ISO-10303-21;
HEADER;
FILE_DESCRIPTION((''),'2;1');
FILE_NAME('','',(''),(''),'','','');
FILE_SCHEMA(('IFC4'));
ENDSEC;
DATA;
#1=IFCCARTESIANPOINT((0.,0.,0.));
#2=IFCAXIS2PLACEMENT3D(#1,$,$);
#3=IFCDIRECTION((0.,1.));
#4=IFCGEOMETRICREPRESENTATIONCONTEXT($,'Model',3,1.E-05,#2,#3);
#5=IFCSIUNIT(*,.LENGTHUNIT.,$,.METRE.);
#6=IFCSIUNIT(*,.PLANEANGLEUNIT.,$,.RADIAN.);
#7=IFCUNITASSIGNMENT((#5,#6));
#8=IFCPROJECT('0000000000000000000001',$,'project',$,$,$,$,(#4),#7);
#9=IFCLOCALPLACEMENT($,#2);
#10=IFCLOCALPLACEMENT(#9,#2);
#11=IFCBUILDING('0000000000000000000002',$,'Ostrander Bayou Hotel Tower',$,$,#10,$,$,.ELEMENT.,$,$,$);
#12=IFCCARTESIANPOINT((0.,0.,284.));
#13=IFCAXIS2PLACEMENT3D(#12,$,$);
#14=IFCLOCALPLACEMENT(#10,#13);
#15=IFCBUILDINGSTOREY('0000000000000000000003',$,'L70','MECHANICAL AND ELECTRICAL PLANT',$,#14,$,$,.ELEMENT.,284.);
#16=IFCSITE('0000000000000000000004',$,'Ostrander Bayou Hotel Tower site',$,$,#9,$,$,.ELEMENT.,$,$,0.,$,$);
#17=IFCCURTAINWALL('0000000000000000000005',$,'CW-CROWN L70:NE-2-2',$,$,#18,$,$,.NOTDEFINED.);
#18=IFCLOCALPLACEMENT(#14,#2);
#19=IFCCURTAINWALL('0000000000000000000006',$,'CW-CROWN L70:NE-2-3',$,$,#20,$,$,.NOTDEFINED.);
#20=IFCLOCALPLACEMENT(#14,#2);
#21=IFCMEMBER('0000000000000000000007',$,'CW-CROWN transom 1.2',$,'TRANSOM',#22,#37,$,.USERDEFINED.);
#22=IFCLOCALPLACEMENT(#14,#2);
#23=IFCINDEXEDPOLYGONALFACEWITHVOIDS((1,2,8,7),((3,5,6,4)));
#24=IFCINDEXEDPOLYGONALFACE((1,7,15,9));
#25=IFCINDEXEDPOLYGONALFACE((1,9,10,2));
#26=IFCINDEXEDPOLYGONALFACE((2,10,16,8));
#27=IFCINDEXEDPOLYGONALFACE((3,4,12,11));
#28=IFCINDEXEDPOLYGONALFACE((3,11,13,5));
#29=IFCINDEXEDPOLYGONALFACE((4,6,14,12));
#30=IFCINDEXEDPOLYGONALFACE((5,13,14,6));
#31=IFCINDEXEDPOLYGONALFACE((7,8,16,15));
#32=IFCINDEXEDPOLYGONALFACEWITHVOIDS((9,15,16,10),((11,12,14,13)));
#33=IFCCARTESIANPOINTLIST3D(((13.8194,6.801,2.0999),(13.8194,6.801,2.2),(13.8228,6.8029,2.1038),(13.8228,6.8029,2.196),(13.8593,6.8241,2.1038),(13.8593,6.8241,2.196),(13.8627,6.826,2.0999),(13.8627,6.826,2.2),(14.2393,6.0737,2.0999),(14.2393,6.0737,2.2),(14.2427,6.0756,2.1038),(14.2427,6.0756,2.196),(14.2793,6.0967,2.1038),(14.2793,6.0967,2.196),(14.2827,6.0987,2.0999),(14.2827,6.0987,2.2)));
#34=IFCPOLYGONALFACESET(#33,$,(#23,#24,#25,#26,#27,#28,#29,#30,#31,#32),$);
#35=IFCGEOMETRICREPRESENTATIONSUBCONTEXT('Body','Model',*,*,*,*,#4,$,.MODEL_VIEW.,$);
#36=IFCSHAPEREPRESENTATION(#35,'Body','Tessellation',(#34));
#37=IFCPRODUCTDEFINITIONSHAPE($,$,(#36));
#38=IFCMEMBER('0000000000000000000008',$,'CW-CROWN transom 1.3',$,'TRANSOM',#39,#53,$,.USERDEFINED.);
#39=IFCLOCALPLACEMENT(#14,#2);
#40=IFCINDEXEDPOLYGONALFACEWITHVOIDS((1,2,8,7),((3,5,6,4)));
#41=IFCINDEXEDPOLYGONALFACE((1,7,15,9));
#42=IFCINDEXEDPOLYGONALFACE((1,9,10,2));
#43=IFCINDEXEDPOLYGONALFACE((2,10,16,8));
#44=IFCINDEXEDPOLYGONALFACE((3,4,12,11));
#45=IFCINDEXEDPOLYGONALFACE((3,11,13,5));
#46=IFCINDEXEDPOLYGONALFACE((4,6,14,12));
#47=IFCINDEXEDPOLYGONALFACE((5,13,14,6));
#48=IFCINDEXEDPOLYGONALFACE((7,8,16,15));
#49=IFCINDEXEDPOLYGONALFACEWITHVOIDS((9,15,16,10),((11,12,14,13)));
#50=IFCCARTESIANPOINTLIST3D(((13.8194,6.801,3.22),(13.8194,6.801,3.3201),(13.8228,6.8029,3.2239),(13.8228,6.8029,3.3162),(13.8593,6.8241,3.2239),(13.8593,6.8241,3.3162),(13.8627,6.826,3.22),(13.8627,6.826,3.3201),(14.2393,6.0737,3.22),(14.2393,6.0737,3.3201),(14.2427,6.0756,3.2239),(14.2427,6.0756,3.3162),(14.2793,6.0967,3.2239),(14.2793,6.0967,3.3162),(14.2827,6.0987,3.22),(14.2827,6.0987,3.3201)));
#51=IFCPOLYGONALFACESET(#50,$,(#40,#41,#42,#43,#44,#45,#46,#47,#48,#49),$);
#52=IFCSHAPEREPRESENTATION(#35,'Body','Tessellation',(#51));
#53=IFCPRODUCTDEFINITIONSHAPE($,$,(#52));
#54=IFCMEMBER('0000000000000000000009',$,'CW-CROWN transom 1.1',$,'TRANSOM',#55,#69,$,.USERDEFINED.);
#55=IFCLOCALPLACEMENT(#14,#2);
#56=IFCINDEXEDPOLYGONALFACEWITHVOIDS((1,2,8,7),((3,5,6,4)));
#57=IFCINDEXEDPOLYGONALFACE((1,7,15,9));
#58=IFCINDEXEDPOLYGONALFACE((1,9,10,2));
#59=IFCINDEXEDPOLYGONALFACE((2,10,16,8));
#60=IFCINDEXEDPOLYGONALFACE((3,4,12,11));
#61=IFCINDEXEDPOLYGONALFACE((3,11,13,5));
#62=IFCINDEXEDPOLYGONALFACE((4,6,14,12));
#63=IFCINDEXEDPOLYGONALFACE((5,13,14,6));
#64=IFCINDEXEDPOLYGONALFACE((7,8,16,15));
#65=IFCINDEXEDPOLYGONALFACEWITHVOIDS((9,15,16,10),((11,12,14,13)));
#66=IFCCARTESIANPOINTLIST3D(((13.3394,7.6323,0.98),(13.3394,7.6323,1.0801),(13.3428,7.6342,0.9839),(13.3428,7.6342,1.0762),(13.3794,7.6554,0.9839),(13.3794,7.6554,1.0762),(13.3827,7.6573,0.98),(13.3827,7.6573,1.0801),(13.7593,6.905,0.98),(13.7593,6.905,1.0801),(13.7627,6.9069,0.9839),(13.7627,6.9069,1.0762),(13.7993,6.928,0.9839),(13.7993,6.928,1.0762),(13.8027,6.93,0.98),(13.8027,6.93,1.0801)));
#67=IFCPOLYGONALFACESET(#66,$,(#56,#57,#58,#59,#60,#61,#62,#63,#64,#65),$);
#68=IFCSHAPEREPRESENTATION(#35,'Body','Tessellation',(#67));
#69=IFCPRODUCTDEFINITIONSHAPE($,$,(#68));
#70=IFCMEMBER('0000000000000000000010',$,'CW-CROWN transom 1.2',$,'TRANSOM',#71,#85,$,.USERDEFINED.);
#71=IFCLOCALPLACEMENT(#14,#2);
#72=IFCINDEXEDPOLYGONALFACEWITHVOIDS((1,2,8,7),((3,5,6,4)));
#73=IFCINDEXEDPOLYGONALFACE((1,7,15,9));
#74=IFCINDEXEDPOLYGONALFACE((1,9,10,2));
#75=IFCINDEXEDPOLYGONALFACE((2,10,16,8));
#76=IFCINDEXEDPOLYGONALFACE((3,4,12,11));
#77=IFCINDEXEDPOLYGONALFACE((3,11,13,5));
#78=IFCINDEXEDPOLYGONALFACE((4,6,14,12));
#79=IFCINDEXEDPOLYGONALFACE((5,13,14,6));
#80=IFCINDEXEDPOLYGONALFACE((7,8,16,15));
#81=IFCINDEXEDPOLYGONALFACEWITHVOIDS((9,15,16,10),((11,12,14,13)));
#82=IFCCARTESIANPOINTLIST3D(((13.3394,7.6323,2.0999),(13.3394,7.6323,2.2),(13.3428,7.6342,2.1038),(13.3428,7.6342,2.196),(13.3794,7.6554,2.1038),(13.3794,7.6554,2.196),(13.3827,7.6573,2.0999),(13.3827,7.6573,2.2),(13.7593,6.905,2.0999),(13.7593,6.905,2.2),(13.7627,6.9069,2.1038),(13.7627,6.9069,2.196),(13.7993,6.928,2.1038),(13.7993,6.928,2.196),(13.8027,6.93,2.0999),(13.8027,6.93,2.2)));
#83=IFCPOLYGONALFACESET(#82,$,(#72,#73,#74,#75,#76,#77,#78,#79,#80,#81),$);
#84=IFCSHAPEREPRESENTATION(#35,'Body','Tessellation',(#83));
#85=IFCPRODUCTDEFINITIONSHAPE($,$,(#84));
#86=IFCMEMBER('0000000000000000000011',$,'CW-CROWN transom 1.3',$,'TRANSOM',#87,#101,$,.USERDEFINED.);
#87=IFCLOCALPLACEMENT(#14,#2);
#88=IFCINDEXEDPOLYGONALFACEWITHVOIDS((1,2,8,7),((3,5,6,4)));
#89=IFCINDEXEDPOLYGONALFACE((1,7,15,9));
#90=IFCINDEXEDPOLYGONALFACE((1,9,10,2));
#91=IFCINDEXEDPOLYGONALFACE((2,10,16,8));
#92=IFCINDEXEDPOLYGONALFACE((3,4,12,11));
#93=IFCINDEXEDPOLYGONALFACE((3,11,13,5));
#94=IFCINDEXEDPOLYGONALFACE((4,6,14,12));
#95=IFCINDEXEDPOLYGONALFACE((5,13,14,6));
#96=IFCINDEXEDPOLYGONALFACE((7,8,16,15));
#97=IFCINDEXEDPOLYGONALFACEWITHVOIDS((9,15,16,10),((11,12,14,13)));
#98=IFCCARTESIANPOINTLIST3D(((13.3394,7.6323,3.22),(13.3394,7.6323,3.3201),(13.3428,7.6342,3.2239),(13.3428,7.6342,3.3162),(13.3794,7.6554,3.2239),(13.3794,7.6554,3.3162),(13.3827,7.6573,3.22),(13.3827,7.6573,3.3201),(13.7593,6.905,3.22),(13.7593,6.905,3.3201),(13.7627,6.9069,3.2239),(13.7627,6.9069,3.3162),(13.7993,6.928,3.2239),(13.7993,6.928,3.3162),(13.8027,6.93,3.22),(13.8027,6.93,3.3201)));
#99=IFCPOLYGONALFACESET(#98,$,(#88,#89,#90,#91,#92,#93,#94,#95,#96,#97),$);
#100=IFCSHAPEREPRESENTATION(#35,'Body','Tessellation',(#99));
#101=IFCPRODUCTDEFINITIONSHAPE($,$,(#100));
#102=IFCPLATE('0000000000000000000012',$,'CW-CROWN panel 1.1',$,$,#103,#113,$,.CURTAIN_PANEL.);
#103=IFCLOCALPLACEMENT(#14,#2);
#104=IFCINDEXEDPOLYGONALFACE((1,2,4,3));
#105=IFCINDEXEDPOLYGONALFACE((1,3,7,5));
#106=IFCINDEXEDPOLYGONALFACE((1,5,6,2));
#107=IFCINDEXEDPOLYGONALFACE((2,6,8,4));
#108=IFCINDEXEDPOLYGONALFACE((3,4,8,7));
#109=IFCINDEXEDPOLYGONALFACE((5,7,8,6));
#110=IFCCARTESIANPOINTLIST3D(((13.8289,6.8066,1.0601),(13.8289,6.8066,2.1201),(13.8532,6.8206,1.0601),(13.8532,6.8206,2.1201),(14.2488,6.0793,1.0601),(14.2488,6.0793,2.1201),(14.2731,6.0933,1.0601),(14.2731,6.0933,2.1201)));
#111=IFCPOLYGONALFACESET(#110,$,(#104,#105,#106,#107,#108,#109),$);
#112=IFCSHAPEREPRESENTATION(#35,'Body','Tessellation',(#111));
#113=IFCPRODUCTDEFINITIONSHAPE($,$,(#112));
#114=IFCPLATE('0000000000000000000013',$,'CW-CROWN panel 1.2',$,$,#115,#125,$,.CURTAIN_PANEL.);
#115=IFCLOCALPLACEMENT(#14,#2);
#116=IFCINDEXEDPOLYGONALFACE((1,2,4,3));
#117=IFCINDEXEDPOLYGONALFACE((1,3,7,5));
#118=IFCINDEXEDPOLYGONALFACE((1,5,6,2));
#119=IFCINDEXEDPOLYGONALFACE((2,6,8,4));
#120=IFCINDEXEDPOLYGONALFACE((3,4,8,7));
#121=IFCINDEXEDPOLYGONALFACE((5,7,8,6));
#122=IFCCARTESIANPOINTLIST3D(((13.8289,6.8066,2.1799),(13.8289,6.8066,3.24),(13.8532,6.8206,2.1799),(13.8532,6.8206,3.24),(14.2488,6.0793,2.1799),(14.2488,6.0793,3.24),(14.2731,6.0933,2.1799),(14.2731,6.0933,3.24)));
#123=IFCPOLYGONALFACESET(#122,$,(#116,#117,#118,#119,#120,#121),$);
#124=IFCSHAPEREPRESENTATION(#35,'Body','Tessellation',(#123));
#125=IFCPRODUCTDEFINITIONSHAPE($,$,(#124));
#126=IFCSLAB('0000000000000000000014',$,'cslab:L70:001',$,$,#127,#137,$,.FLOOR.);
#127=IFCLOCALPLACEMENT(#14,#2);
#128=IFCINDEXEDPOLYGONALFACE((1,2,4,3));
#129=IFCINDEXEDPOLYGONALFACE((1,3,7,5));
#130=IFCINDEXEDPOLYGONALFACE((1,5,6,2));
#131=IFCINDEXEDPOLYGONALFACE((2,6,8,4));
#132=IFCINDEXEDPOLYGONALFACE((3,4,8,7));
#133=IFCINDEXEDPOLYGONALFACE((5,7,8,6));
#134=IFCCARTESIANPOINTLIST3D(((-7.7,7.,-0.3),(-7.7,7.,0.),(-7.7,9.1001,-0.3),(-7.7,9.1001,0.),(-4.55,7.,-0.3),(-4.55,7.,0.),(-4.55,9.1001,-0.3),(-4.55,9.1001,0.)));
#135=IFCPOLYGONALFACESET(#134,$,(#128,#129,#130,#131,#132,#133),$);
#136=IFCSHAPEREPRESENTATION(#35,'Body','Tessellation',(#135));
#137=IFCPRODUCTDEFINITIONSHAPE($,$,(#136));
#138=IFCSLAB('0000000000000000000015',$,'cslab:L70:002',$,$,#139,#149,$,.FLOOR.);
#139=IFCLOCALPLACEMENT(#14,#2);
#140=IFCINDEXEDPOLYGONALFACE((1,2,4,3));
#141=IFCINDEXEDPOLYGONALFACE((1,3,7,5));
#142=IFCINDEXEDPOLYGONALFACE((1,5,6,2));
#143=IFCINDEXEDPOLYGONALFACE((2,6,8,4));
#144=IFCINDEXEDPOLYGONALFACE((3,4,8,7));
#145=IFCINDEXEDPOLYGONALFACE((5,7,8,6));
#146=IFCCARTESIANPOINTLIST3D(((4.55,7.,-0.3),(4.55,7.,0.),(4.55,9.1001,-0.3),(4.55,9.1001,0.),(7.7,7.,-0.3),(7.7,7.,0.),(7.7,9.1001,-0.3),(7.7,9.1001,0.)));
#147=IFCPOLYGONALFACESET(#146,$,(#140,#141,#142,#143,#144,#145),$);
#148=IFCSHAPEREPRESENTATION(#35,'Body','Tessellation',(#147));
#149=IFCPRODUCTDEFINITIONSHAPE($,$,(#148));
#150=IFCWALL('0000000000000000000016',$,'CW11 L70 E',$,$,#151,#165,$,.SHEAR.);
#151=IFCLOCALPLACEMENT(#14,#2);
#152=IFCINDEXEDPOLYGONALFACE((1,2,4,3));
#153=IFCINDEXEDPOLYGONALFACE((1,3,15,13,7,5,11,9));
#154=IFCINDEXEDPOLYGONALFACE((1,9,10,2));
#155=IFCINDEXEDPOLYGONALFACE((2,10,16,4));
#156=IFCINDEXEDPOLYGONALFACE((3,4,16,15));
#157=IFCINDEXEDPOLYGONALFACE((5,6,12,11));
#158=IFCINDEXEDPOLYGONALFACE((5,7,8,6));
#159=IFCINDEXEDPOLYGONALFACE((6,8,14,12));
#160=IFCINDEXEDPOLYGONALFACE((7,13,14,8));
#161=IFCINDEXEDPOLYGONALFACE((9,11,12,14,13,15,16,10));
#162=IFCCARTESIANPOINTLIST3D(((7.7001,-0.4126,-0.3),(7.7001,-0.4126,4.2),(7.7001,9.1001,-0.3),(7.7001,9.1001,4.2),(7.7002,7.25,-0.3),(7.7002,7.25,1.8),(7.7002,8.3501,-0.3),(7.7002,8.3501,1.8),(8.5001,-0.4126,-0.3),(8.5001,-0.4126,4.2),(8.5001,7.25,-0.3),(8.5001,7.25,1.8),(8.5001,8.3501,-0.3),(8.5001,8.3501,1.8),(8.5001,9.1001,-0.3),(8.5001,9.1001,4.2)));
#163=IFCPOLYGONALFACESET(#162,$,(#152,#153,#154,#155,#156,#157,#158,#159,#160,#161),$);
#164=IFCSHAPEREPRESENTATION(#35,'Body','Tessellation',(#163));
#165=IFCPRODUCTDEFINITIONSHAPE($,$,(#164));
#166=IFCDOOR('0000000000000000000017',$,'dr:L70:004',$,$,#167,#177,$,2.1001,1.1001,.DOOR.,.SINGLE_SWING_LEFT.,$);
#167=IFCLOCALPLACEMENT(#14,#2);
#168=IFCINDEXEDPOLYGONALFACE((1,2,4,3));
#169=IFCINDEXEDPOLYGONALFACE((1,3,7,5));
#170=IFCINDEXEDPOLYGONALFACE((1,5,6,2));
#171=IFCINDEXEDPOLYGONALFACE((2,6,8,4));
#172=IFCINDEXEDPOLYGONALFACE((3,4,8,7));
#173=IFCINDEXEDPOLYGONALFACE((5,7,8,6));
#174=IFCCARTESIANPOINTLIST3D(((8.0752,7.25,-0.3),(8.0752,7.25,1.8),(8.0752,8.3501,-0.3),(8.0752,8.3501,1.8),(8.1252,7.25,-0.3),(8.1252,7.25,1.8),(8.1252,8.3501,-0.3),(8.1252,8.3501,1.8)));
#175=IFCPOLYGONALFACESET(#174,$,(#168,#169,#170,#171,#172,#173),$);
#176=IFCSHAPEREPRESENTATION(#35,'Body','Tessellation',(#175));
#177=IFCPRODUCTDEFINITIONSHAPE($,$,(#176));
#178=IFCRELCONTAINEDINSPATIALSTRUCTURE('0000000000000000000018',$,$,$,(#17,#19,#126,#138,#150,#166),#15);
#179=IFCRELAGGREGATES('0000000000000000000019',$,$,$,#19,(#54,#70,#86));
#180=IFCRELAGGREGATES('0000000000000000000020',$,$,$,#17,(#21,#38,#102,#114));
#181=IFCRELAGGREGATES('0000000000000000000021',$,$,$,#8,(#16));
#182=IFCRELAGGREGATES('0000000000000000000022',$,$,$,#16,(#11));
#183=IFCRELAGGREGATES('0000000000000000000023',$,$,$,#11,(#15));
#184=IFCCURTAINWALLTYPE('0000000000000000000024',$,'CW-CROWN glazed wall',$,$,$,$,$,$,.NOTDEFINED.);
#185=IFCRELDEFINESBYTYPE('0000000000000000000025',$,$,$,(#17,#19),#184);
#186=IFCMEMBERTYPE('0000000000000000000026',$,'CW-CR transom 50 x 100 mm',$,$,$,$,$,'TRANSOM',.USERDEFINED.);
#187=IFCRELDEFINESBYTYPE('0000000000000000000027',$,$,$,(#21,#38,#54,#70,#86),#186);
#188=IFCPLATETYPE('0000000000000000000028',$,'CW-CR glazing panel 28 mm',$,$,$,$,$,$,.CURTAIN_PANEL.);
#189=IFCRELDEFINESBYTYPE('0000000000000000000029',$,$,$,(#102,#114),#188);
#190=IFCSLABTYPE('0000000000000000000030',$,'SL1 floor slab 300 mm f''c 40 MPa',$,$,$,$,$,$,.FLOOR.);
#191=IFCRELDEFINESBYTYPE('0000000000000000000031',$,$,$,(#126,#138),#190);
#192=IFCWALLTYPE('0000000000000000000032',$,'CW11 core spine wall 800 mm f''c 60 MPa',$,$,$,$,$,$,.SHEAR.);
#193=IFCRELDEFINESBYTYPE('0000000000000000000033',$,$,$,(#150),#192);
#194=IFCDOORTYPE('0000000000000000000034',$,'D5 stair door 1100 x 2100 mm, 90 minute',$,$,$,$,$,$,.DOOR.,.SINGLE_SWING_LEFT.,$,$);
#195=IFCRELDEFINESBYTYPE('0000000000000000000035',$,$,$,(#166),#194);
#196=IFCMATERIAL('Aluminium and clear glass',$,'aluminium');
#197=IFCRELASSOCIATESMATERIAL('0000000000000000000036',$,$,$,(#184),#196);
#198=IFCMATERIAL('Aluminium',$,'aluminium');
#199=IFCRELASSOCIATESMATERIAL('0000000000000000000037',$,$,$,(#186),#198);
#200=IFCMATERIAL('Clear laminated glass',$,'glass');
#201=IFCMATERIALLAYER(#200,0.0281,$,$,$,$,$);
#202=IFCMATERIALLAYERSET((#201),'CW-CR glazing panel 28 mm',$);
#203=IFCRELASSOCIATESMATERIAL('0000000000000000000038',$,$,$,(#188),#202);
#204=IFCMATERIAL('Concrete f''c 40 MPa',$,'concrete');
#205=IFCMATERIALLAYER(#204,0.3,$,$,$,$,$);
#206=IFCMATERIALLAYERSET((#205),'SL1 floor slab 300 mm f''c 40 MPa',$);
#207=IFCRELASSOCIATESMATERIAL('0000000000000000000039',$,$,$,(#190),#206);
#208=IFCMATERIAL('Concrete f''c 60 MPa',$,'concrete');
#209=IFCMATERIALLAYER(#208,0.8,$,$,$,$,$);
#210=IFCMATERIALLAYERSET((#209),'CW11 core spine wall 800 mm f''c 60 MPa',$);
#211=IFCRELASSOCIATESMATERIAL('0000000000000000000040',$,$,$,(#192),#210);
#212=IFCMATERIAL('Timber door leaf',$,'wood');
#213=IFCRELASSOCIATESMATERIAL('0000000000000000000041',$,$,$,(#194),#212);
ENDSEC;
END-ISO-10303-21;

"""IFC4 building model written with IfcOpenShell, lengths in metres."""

from ifc_helpers import new_model, si_unit, direction, frame, frame_2d, origin, origin_2d, place, context, subcontext, project, spatial, polyline, rectangle, hollow_rectangle, outline, extrude, material, layer, layer_set, material_profile, profile_set, type_object, element, fill, aggregate, save


model = new_model("IFC4")

# Units and contexts
model_context = context("Model", 3, precision=1e-05, world=origin(), true_north=direction((0.0, 1.0)))
body_context = subcontext(model_context, "Body", "Model", "MODEL_VIEW")
ifc_project = project(units=[si_unit("LENGTHUNIT", "METRE"), si_unit("PLANEANGLEUNIT", "RADIAN")], contexts=[model_context])

# Site, building, storey
site_placement = place(None, origin())
site = spatial("IfcSite", under=ifc_project, at=site_placement, Name="Ostrander Bayou Hotel Tower site", CompositionType="ELEMENT", RefElevation=0.0)
building_placement = place(site_placement, origin())
building = spatial("IfcBuilding", under=site, at=building_placement, Name="Ostrander Bayou Hotel Tower", CompositionType="ELEMENT")
storey_placement = place(building_placement, frame((0.0, 0.0, 284.0)))
storey = spatial("IfcBuildingStorey", under=building, at=storey_placement, Name="L70", Description="MECHANICAL AND ELECTRICAL PLANT", CompositionType="ELEMENT", Elevation=284.0)

# Curtain walls
ifc_material_1 = material(Name="Aluminium and clear glass", Category="aluminium")
curtain_wall_type = type_object("IfcCurtainWallType", Name="CW-CROWN glazed wall", PredefinedType="NOTDEFINED", material=ifc_material_1)
curtain_wall_1_placement = place(storey_placement, origin())
curtain_wall_1 = element("IfcCurtainWall", 1, at=curtain_wall_1_placement, inside=storey, type_object=curtain_wall_type, Name="CW-CROWN L70:NE-2-2", PredefinedType="NOTDEFINED")
curtain_wall_2_placement = place(storey_placement, origin())
curtain_wall_2 = element("IfcCurtainWall", 2, at=curtain_wall_2_placement, inside=storey, type_object=curtain_wall_type, Name="CW-CROWN L70:NE-2-3", PredefinedType="NOTDEFINED")

# Members
ifc_material_2 = material(Name="Aluminium", Category="aluminium")
ifc_material_profile_1 = material_profile(ifc_material_2, hollow_rectangle(XDim=0.05, YDim=0.1001, WallThickness=0.0039, at=origin_2d()))
ifc_profile_set_1 = profile_set([ifc_material_profile_1], Name="Aluminium")
member_type_1 = type_object("IfcMemberType", Name="CW-CR transom 50 x 100 mm", ElementType="TRANSOM", PredefinedType="USERDEFINED", material=ifc_profile_set_1)
member_1_placement = place(storey_placement, frame((14.261, 6.0862, 2.1499), z_axis=(-0.500016, 0.866016, 0.0), x_axis=(-0.866016, -0.500016, 0.0)))
member_1 = element("IfcMember", 3, at=member_1_placement, type_object=member_type_1, Name="CW-CROWN transom 1.2", ObjectType="TRANSOM", PredefinedType="USERDEFINED", context=body_context, shape_type="SweptSolid", body=[
    extrude(hollow_rectangle(XDim=0.05, YDim=0.1001, WallThickness=0.0039, at=origin_2d()), origin(), (0.0, 0.0, 1.0), 0.8398),
])
member_2_placement = place(storey_placement, frame((14.261, 6.0862, 3.27), z_axis=(-0.500016, 0.866016, 0.0), x_axis=(-0.866016, -0.500016, 0.0)))
member_2 = element("IfcMember", 4, at=member_2_placement, type_object=member_type_1, Name="CW-CROWN transom 1.3", ObjectType="TRANSOM", PredefinedType="USERDEFINED", context=body_context, shape_type="SweptSolid", body=[
    extrude(hollow_rectangle(XDim=0.05, YDim=0.1001, WallThickness=0.0039, at=origin_2d()), origin(), (0.0, 0.0, 1.0), 0.8398),
])
member_3_placement = place(storey_placement, frame((13.781, 6.9175, 1.03), z_axis=(-0.500016, 0.866016, 0.0), x_axis=(-0.866016, -0.500016, 0.0)))
member_3 = element("IfcMember", 5, at=member_3_placement, type_object=member_type_1, Name="CW-CROWN transom 1.1", ObjectType="TRANSOM", PredefinedType="USERDEFINED", context=body_context, shape_type="SweptSolid", body=[
    extrude(hollow_rectangle(XDim=0.05, YDim=0.1001, WallThickness=0.0039, at=origin_2d()), origin(), (0.0, 0.0, 1.0), 0.8398),
])
member_4_placement = place(storey_placement, frame((13.781, 6.9175, 2.1499), z_axis=(-0.500016, 0.866016, 0.0), x_axis=(-0.866016, -0.500016, 0.0)))
member_4 = element("IfcMember", 6, at=member_4_placement, type_object=member_type_1, Name="CW-CROWN transom 1.2", ObjectType="TRANSOM", PredefinedType="USERDEFINED", context=body_context, shape_type="SweptSolid", body=[
    extrude(hollow_rectangle(XDim=0.05, YDim=0.1001, WallThickness=0.0039, at=origin_2d()), origin(), (0.0, 0.0, 1.0), 0.8398),
])
member_5_placement = place(storey_placement, frame((13.781, 6.9175, 3.27), z_axis=(-0.500016, 0.866016, 0.0), x_axis=(-0.866016, -0.500016, 0.0)))
member_5 = element("IfcMember", 7, at=member_5_placement, type_object=member_type_1, Name="CW-CROWN transom 1.3", ObjectType="TRANSOM", PredefinedType="USERDEFINED", context=body_context, shape_type="SweptSolid", body=[
    extrude(hollow_rectangle(XDim=0.05, YDim=0.1001, WallThickness=0.0039, at=origin_2d()), origin(), (0.0, 0.0, 1.0), 0.8398),
])
aggregate(curtain_wall_2, [member_3, member_4, member_5])

# Plates
ifc_material_3 = material(Name="Clear laminated glass", Category="glass")
ifc_layer_1 = layer(ifc_material_3, 0.0281)
ifc_layer_set_1 = layer_set([ifc_layer_1], Name="CW-CR glazing panel 28 mm")
plate_type = type_object("IfcPlateType", Name="CW-CR glazing panel 28 mm", PredefinedType="CURTAIN_PANEL", material=ifc_layer_set_1)
plate_1_placement = place(storey_placement, frame((14.051, 6.45, 1.0601), z_axis=(0.0, 0.0, 1.0), x_axis=(-0.500005, 0.866022, 0.0)))
plate_1 = element("IfcPlate", 8, at=plate_1_placement, type_object=plate_type, Name="CW-CROWN panel 1.1", PredefinedType="CURTAIN_PANEL", context=body_context, shape_type="SweptSolid", body=[
    extrude(rectangle(XDim=0.8398, YDim=0.0281, at=origin_2d()), origin(), (0.0, 0.0, 1.0), 1.0601),
])
plate_2_placement = place(storey_placement, frame((14.051, 6.45, 2.1799), z_axis=(0.0, 0.0, 1.0), x_axis=(-0.500005, 0.866022, 0.0)))
plate_2 = element("IfcPlate", 9, at=plate_2_placement, type_object=plate_type, Name="CW-CROWN panel 1.2", PredefinedType="CURTAIN_PANEL", context=body_context, shape_type="SweptSolid", body=[
    extrude(rectangle(XDim=0.8398, YDim=0.0281, at=origin_2d()), origin(), (0.0, 0.0, 1.0), 1.0601),
])
aggregate(curtain_wall_1, [member_1, member_2, plate_1, plate_2])

# Slabs
ifc_material_4 = material(Name="Concrete f'c 40 MPa", Category="concrete")
ifc_layer_2 = layer(ifc_material_4, 0.3)
ifc_layer_set_2 = layer_set([ifc_layer_2], Name="SL1 floor slab 300 mm f'c 40 MPa")
slab_type = type_object("IfcSlabType", Name="SL1 floor slab 300 mm f'c 40 MPa", PredefinedType="FLOOR", material=ifc_layer_set_2)
slab_1_placement = place(storey_placement, frame((0.0, 0.0, -0.3)))
element("IfcSlab", 10, at=slab_1_placement, inside=storey, type_object=slab_type, Name="cslab:L70:001", PredefinedType="FLOOR", context=body_context, shape_type="SweptSolid", body=[
    extrude(outline(polyline([(-7.7, 7.0), (-7.7, 9.1001), (-4.55, 9.1001), (-4.55, 7.0), (-7.7, 7.0)])), origin(), (0.0, 0.0, 1.0), 0.3),
])
slab_2_placement = place(storey_placement, frame((0.0, 0.0, -0.3)))
element("IfcSlab", 11, at=slab_2_placement, inside=storey, type_object=slab_type, Name="cslab:L70:002", PredefinedType="FLOOR", context=body_context, shape_type="SweptSolid", body=[
    extrude(outline(polyline([(4.55, 7.0), (4.55, 9.1001), (7.7, 9.1001), (7.7, 7.0), (4.55, 7.0)])), origin(), (0.0, 0.0, 1.0), 0.3),
])

# Wall, opening, door
ifc_material_5 = material(Name="Concrete f'c 60 MPa", Category="concrete")
ifc_layer_3 = layer(ifc_material_5, 0.8)
ifc_layer_set_3 = layer_set([ifc_layer_3], Name="CW11 core spine wall 800 mm f'c 60 MPa")
wall_type_1 = type_object("IfcWallType", Name="CW11 core spine wall 800 mm f'c 60 MPa", PredefinedType="SHEAR", material=ifc_layer_set_3)
wall_1_placement = place(storey_placement, frame((8.1001, -0.4126, -0.3), z_axis=(0.0, 0.0, 1.0), x_axis=(0.0, 1.0, 0.0)))
wall_1 = element("IfcWall", 12, at=wall_1_placement, inside=storey, type_object=wall_type_1, Name="CW11 L70 E", PredefinedType="SHEAR", context=body_context, shape_type="SweptSolid", body=[
    extrude(rectangle(XDim=9.5127, YDim=0.8, at=frame_2d((4.7563, 0.0))), origin(), (0.0, 0.0, 1.0), 4.5),
])
opening_1_placement = place(wall_1_placement, frame((7.6626, 0.0, 0.0)))
opening_1 = element("IfcOpeningElement", 13, at=opening_1_placement, cuts=wall_1, PredefinedType="OPENING", context=body_context, shape_type="SweptSolid", body=[
    extrude(rectangle(XDim=1.1001, YDim=2.1001, at=frame_2d((0.55, 1.05))), frame((0.0, 0.3999, 0.0), z_axis=(0.0, -1.0, 0.0), x_axis=(1.0, 0.0, 0.0)), (0.0, 0.0, 1.0), 0.8),
])
ifc_material_6 = material(Name="Timber door leaf", Category="wood")
door_type_1 = type_object("IfcDoorType", Name="D5 stair door 1100 x 2100 mm, 90 minute", OperationType="SINGLE_SWING_LEFT", PredefinedType="DOOR", material=ifc_material_6)
door_1_placement = place(opening_1_placement, origin())
door_1 = element("IfcDoor", 14, at=door_1_placement, inside=storey, type_object=door_type_1, Name="dr:L70:004", OperationType="SINGLE_SWING_LEFT", OverallHeight=2.1001, OverallWidth=1.1001, PredefinedType="DOOR", context=body_context, shape_type="SweptSolid", body=[
    extrude(rectangle(XDim=1.1001, YDim=2.1001, at=frame_2d((0.55, 1.05))), frame((0.0, 0.0249, 0.0), z_axis=(0.0, -1.0, 0.0), x_axis=(1.0, 0.0, 0.0)), (0.0, 0.0, 1.0), 0.05),
])
fill(opening_1, door_1)

save(model, "model.ifc")
